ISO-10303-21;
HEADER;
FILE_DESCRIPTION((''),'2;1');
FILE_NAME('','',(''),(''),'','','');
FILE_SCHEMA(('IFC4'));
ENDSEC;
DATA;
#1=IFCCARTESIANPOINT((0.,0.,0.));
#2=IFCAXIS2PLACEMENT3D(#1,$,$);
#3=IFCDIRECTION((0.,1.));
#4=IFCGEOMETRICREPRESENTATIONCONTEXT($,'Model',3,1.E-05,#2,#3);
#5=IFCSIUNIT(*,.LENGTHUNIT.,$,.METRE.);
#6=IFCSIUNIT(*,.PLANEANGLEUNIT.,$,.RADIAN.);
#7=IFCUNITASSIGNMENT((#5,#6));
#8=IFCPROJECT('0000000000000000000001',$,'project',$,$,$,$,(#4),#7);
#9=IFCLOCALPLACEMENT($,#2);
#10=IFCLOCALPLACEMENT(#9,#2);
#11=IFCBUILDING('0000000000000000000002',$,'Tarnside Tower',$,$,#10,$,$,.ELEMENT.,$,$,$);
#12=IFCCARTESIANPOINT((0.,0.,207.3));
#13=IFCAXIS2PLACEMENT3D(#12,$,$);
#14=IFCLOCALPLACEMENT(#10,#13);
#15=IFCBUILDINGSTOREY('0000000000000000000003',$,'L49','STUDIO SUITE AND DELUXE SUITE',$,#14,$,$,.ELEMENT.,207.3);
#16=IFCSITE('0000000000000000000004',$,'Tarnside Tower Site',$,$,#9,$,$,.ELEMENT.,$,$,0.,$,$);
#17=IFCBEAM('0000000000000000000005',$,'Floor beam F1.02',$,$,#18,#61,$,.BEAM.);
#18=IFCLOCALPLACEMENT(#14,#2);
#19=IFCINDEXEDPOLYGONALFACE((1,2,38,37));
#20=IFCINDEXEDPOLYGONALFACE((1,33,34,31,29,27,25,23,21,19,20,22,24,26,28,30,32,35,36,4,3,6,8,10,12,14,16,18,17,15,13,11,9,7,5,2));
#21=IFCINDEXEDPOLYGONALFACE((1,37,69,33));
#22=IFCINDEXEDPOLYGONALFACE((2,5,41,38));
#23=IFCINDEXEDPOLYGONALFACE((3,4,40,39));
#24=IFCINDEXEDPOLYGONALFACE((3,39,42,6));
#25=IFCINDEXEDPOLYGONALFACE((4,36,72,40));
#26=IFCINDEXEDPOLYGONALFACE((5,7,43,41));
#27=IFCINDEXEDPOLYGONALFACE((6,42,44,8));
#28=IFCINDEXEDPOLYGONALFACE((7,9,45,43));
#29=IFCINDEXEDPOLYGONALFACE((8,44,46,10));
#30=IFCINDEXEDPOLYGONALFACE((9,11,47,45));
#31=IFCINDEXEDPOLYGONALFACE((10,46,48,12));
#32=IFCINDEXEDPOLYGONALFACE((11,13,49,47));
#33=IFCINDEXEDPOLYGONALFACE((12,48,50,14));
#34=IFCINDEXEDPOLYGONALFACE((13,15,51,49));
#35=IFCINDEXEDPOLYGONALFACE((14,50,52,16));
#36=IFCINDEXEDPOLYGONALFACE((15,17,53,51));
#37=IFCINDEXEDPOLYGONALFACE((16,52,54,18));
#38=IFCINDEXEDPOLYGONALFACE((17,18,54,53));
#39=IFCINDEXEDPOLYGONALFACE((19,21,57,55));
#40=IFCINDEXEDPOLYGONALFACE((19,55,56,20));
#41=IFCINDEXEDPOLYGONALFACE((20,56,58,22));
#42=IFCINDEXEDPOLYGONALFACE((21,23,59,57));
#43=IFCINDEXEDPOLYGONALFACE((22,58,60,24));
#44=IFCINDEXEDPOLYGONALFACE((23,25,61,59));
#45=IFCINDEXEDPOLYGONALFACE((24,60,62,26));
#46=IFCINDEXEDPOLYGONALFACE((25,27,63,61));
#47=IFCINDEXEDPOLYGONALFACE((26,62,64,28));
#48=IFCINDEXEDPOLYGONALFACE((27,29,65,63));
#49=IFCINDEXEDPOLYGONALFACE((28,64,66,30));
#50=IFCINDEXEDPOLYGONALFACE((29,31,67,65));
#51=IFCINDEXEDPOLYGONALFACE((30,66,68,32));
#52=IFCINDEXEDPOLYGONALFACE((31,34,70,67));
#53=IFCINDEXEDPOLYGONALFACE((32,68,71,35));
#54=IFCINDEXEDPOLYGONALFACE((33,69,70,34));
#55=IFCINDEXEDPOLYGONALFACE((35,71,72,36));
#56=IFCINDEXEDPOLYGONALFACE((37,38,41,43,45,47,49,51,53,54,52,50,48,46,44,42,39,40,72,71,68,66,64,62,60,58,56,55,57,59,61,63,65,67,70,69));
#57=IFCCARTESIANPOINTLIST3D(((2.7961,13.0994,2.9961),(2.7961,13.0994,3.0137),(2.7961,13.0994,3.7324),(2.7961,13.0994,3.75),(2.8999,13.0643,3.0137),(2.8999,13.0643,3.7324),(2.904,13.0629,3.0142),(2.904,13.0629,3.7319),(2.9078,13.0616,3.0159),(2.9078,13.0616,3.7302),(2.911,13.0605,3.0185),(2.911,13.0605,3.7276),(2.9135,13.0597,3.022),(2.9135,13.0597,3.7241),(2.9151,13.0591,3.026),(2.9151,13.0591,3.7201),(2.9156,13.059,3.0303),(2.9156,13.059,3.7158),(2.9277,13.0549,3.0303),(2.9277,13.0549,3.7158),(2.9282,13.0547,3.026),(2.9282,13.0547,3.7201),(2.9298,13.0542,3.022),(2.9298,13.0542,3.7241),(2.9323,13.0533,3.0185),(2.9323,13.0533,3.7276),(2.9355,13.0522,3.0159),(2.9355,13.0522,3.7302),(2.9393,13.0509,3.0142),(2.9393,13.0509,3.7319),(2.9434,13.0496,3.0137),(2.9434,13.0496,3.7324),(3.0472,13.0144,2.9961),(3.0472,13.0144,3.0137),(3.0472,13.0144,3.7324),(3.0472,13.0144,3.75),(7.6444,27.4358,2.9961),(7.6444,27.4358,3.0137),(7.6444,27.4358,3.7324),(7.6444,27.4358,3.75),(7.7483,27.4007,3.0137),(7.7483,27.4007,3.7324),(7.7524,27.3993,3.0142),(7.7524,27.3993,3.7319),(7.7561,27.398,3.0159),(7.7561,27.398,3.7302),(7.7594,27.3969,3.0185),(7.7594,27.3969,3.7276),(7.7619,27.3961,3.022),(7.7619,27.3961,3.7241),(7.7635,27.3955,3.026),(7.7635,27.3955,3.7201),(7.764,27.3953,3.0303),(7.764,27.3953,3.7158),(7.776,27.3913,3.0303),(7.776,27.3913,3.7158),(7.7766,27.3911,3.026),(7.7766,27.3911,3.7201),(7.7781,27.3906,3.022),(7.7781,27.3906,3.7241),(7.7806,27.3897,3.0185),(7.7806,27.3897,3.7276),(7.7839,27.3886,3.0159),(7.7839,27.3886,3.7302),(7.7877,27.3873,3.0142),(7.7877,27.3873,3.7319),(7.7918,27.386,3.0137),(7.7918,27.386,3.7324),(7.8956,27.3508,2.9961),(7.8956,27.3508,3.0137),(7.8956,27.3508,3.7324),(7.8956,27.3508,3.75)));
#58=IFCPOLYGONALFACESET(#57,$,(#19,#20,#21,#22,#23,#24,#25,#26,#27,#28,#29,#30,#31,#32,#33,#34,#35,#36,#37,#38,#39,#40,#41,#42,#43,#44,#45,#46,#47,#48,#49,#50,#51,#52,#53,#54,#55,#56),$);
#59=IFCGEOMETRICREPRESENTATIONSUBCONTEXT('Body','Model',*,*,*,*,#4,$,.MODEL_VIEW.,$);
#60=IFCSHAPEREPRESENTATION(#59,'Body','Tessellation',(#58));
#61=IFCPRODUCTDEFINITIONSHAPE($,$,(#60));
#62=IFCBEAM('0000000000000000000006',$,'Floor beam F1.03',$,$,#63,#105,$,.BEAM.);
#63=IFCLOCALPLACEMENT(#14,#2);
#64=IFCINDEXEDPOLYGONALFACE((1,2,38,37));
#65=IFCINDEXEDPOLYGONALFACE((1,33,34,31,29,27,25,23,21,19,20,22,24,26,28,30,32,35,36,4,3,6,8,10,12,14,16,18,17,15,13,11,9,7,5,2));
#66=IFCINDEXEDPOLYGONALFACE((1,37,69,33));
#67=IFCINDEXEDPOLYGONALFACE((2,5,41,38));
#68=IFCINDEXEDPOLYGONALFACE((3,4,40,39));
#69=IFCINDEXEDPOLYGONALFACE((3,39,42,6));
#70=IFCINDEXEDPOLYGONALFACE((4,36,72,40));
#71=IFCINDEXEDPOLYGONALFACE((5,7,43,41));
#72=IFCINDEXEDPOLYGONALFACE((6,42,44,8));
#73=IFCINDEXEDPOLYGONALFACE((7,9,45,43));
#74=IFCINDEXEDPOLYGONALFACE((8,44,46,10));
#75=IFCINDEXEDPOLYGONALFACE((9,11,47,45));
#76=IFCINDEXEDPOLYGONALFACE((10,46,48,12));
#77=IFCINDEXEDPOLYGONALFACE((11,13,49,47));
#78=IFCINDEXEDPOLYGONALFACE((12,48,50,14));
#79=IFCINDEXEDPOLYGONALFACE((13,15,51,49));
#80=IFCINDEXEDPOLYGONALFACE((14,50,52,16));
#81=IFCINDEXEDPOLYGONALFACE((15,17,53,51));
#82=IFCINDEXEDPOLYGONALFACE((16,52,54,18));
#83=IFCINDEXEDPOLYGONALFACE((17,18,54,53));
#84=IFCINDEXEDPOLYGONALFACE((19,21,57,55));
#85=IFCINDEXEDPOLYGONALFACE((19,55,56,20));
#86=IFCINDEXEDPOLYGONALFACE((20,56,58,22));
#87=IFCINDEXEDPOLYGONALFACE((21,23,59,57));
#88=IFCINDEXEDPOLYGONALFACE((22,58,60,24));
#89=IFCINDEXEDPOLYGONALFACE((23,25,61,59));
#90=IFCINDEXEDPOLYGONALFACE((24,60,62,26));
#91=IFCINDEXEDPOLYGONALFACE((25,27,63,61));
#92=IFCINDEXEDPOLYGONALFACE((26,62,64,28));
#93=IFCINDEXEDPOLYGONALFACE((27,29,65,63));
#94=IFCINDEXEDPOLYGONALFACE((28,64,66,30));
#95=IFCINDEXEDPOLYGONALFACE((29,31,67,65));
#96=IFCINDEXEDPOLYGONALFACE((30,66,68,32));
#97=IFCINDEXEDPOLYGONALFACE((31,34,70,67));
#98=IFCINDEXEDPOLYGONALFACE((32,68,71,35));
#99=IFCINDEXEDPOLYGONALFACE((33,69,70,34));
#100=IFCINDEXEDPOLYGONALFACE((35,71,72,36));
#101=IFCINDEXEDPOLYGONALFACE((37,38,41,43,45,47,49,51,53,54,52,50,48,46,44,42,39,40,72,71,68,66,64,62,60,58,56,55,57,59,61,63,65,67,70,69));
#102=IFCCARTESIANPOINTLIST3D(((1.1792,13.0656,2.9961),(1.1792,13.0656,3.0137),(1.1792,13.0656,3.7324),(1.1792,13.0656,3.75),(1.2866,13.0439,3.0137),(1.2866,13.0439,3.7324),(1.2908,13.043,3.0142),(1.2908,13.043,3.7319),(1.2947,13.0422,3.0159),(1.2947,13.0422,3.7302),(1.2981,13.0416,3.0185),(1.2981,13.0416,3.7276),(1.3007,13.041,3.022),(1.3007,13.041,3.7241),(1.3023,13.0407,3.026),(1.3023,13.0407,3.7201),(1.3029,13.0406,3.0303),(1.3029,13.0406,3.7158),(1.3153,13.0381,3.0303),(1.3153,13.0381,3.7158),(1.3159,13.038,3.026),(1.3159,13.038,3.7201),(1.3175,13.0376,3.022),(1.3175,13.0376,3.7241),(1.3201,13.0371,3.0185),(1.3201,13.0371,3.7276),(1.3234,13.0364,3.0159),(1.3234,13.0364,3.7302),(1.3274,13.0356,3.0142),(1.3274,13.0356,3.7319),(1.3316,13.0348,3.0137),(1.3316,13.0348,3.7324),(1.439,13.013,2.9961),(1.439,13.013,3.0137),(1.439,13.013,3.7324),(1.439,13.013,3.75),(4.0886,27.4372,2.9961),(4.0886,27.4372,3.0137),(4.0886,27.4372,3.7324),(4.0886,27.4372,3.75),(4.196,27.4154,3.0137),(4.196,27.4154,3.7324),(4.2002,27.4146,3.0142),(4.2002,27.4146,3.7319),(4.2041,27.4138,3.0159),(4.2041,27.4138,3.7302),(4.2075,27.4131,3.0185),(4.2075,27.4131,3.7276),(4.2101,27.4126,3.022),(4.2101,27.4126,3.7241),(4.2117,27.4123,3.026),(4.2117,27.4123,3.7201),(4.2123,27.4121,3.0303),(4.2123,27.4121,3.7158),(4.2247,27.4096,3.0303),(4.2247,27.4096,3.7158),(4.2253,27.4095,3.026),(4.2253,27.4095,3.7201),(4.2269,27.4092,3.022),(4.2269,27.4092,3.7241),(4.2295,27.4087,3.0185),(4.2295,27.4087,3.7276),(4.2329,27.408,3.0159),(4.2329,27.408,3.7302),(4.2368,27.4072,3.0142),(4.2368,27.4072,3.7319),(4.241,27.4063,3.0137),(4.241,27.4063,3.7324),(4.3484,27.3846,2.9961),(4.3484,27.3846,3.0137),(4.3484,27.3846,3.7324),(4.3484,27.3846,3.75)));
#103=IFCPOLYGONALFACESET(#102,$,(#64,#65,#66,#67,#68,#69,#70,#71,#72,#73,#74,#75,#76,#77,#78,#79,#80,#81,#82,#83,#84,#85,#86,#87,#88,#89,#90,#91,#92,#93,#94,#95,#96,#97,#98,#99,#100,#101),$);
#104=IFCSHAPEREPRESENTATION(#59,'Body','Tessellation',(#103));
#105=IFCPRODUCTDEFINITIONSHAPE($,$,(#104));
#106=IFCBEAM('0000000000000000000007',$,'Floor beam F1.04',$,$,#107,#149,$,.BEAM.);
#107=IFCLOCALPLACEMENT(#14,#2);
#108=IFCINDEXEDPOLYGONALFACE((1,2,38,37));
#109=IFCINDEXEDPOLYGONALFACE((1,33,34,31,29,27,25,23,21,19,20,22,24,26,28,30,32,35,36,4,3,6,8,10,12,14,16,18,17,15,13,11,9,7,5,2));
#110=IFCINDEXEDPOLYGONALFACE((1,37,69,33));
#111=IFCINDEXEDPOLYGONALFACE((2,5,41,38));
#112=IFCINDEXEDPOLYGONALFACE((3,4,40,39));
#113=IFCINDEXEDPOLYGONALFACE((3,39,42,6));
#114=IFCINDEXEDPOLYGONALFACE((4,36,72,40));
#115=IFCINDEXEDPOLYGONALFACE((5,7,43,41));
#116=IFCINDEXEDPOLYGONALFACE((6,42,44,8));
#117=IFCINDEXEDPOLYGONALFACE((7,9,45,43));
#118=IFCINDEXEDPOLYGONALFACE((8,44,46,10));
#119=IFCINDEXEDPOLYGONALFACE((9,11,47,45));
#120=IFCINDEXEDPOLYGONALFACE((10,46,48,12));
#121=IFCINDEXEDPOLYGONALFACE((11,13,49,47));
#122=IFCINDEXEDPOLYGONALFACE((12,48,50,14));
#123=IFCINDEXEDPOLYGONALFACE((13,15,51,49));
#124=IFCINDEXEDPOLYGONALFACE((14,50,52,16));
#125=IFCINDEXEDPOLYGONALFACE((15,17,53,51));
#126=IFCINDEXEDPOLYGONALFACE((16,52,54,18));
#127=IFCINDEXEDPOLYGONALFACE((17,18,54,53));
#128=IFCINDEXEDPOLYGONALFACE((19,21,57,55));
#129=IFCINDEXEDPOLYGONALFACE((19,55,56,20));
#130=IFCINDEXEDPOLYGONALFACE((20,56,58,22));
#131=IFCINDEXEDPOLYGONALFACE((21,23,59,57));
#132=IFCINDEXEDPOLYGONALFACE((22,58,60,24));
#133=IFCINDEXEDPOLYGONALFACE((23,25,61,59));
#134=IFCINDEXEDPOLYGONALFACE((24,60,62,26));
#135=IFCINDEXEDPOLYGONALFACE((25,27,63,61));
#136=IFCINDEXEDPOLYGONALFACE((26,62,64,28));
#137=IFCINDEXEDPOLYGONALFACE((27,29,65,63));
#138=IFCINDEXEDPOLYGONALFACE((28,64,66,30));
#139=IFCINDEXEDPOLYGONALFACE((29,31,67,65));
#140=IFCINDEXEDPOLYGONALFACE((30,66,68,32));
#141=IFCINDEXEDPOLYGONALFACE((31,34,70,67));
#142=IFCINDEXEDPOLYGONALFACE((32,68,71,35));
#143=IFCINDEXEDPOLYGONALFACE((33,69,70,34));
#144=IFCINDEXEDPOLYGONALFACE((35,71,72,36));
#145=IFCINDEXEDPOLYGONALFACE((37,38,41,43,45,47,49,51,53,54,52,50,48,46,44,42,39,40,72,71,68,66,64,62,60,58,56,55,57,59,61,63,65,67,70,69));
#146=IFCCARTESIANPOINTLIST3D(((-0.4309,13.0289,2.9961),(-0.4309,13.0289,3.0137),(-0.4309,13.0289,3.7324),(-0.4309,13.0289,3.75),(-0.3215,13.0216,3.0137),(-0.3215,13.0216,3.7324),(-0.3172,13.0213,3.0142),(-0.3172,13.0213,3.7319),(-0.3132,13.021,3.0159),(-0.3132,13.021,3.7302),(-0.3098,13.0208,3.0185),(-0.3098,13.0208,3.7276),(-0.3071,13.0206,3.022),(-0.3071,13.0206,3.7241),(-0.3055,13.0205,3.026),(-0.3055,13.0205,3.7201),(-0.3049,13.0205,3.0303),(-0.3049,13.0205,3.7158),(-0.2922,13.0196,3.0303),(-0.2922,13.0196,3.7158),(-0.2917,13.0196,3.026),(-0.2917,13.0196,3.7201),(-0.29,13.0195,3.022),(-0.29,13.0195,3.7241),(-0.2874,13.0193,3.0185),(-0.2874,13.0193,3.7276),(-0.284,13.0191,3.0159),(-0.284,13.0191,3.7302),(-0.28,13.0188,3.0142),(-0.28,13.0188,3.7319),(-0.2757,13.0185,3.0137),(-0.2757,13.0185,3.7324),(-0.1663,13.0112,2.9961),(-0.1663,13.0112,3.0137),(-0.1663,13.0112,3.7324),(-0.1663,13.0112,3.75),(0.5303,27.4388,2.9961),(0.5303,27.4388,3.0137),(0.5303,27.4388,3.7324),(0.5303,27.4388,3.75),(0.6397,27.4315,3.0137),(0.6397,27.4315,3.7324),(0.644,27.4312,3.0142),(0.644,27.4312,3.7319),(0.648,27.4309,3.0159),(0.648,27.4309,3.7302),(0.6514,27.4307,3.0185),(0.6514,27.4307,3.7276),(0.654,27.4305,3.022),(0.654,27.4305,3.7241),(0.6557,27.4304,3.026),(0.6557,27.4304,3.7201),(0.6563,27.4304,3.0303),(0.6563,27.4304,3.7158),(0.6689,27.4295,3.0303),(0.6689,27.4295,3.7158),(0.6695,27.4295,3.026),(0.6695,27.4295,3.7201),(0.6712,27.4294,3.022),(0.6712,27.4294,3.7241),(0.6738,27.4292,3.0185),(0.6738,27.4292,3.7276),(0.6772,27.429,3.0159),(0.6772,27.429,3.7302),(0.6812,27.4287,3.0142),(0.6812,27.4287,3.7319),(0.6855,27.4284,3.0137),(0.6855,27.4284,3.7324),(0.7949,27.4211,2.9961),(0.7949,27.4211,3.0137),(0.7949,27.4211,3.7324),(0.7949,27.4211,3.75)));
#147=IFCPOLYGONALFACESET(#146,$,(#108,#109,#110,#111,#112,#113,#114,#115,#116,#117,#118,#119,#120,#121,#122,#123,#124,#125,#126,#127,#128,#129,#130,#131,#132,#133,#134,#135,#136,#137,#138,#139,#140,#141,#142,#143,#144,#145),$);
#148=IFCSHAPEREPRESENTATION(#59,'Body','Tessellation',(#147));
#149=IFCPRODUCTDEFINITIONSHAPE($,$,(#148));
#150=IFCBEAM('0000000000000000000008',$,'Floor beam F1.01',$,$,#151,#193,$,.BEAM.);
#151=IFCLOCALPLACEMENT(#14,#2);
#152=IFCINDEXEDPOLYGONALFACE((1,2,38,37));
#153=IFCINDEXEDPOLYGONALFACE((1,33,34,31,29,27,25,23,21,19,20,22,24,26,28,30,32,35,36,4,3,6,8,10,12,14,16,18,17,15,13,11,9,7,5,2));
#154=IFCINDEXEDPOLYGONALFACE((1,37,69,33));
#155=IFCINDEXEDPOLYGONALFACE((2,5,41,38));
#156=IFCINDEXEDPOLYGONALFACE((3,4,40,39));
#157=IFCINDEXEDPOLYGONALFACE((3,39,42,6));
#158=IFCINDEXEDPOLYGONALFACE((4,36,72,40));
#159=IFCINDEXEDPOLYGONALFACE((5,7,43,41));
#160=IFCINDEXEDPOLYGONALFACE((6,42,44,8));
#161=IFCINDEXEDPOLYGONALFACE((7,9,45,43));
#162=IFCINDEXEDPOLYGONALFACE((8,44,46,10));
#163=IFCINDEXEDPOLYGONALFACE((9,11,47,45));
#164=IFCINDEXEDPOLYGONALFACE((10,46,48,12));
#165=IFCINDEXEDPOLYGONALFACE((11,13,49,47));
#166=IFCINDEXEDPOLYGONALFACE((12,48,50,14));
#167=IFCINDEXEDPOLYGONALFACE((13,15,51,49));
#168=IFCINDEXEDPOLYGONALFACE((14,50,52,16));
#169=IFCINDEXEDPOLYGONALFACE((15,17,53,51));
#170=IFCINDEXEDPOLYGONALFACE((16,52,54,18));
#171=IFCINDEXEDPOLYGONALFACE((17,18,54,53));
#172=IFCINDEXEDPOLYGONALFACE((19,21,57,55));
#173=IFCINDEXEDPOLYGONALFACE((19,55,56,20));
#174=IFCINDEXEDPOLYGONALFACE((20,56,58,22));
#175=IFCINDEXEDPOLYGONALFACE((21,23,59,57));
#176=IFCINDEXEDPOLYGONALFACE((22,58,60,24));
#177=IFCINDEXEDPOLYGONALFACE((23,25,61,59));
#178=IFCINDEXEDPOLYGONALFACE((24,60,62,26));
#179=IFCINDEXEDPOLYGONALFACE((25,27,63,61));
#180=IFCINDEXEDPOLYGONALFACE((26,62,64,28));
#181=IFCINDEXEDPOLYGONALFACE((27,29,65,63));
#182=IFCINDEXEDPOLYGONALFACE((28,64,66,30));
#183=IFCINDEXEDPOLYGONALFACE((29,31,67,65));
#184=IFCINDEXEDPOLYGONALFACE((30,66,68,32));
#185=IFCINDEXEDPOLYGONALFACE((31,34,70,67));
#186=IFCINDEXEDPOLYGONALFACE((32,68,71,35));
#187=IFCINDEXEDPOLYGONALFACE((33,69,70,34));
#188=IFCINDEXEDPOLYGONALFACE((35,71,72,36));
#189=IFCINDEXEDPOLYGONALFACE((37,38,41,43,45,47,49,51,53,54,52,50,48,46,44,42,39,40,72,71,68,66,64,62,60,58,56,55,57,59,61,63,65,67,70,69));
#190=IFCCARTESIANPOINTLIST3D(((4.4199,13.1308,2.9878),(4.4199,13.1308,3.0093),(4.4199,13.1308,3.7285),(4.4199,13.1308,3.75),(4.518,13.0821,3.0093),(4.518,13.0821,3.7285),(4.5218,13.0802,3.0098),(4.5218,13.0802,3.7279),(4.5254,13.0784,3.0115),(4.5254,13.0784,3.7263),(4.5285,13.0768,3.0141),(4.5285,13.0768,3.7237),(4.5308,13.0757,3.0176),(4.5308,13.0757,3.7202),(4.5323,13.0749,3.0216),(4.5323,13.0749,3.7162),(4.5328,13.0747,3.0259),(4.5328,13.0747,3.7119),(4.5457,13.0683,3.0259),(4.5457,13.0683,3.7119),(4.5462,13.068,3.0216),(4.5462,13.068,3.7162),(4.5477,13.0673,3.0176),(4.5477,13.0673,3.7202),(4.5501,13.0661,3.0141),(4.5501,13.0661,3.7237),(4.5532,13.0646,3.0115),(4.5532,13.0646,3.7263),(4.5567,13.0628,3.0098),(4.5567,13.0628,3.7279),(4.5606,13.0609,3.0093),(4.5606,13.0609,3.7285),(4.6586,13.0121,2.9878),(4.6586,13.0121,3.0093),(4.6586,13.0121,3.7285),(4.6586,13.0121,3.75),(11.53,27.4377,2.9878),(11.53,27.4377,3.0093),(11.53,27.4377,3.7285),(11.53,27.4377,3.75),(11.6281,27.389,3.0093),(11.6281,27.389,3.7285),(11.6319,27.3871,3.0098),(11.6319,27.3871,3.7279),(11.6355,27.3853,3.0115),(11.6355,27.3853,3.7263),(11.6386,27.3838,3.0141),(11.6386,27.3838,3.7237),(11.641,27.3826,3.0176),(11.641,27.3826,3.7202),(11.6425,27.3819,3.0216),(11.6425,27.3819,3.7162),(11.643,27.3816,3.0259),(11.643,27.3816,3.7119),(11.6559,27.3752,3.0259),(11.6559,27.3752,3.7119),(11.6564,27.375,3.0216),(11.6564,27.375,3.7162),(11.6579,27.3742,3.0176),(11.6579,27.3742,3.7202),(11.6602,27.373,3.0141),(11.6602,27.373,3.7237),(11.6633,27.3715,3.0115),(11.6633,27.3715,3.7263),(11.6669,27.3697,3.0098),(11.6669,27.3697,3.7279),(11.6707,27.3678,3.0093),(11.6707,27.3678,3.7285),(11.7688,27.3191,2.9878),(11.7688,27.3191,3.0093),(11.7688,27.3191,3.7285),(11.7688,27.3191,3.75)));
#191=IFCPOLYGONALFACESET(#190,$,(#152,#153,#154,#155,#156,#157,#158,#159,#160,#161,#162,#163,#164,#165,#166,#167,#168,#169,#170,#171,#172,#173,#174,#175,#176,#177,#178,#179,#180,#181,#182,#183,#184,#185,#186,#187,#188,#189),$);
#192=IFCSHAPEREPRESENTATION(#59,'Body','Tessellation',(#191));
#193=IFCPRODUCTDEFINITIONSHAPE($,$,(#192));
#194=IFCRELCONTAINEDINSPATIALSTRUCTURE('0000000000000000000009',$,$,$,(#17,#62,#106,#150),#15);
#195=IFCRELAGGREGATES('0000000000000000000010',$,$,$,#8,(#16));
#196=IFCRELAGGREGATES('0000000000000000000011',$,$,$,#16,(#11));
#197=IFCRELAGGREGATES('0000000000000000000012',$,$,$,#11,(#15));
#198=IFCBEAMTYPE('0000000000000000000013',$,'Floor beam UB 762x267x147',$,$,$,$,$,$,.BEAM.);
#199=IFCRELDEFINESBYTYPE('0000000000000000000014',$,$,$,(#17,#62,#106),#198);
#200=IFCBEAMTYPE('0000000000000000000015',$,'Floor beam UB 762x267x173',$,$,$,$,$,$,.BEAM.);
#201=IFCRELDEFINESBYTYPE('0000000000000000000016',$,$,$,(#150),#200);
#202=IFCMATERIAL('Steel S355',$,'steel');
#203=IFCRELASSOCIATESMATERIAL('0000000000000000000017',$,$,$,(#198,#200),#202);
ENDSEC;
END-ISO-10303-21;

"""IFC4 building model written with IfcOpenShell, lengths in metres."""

from ifc_helpers import new_model, si_unit, direction, frame, origin, origin_2d, place, context, subcontext, project, spatial, i_section, extrude, material, material_profile, profile_set, type_object, element, save


model = new_model("IFC4")

# Units and contexts
model_context = context("Model", 3, precision=1e-05, world=origin(), true_north=direction((0.0, 1.0)))
body_context = subcontext(model_context, "Body", "Model", "MODEL_VIEW")
ifc_project = project(units=[si_unit("LENGTHUNIT", "METRE"), si_unit("PLANEANGLEUNIT", "RADIAN")], contexts=[model_context])

# Site, building, storey
site_placement = place(None, origin())
site = spatial("IfcSite", under=ifc_project, at=site_placement, Name="Tarnside Tower Site", CompositionType="ELEMENT", RefElevation=0.0)
building_placement = place(site_placement, origin())
building = spatial("IfcBuilding", under=site, at=building_placement, Name="Tarnside Tower", CompositionType="ELEMENT")
storey_placement = place(building_placement, frame((0.0, 0.0, 207.3)))
storey = spatial("IfcBuildingStorey", under=building, at=storey_placement, Name="L49", Description="STUDIO SUITE AND DELUXE SUITE", CompositionType="ELEMENT", Elevation=207.3)

# Beams
ifc_material_1 = material(Name="Steel S355", Category="steel")
ifc_material_profile_1 = material_profile(ifc_material_1, i_section(OverallWidth=0.2651, OverallDepth=0.7539, WebThickness=0.0127, FlangeThickness=0.0176, FilletRadius=0.0166, at=origin_2d()), Name="UB 762x267x147")
ifc_profile_set_1 = profile_set([ifc_material_profile_1], Name="Steel S355")
beam_type_1 = type_object("IfcBeamType", Name="Floor beam UB 762x267x147", PredefinedType="BEAM", material=ifc_profile_set_1)
beam_1_placement = place(storey_placement, frame((7.77, 27.3933, 3.373), z_axis=(-0.320363, -0.947295, 0.0), x_axis=(0.947295, -0.320363, 0.0)))
element("IfcBeam", 1, at=beam_1_placement, inside=storey, type_object=beam_type_1, Name="Floor beam F1.02", PredefinedType="BEAM", context=body_context, shape_type="SweptSolid", body=[
    extrude(i_section(OverallWidth=0.2651, OverallDepth=0.7539, WebThickness=0.0127, FlangeThickness=0.0176, FilletRadius=0.0166, at=origin_2d()), origin(), (0.0, 0.0, 1.0), 15.134),
])
beam_2_placement = place(storey_placement, frame((4.2185, 27.4109, 3.373), z_axis=(-0.198418, -0.980118, 0.0), x_axis=(0.980118, -0.198418, 0.0)))
element("IfcBeam", 2, at=beam_2_placement, inside=storey, type_object=beam_type_1, Name="Floor beam F1.03", PredefinedType="BEAM", context=body_context, shape_type="SweptSolid", body=[
    extrude(i_section(OverallWidth=0.2651, OverallDepth=0.7539, WebThickness=0.0127, FlangeThickness=0.0176, FilletRadius=0.0166, at=origin_2d()), origin(), (0.0, 0.0, 1.0), 14.6631),
])
beam_3_placement = place(storey_placement, frame((0.6626, 27.4299, 3.373), z_axis=(-0.066555, -0.997783, 0.0), x_axis=(0.997783, -0.066555, 0.0)))
element("IfcBeam", 3, at=beam_3_placement, inside=storey, type_object=beam_type_1, Name="Floor beam F1.04", PredefinedType="BEAM", context=body_context, shape_type="SweptSolid", body=[
    extrude(i_section(OverallWidth=0.2651, OverallDepth=0.7539, WebThickness=0.0127, FlangeThickness=0.0176, FilletRadius=0.0166, at=origin_2d()), origin(), (0.0, 0.0, 1.0), 14.4419),
])
ifc_material_profile_2 = material_profile(ifc_material_1, i_section(OverallWidth=0.2666, OverallDepth=0.7622, WebThickness=0.0144, FlangeThickness=0.0215, FilletRadius=0.0166, at=origin_2d()), Name="UB 762x267x173")
ifc_profile_set_2 = profile_set([ifc_material_profile_2], Name="Steel S355")
beam_type_2 = type_object("IfcBeamType", Name="Floor beam UB 762x267x173", PredefinedType="BEAM", material=ifc_profile_set_2)
beam_4_placement = place(storey_placement, frame((11.6494, 27.3784, 3.3689), z_axis=(-0.445042, -0.89551, 0.0), x_axis=(0.89551, -0.445042, 0.0)))
element("IfcBeam", 4, at=beam_4_placement, inside=storey, type_object=beam_type_2, Name="Floor beam F1.01", PredefinedType="BEAM", context=body_context, shape_type="SweptSolid", body=[
    extrude(i_section(OverallWidth=0.2666, OverallDepth=0.7622, WebThickness=0.0144, FlangeThickness=0.0215, FilletRadius=0.0166, at=origin_2d()), origin(), (0.0, 0.0, 1.0), 15.9763),
])

save(model, "model.ifc")
